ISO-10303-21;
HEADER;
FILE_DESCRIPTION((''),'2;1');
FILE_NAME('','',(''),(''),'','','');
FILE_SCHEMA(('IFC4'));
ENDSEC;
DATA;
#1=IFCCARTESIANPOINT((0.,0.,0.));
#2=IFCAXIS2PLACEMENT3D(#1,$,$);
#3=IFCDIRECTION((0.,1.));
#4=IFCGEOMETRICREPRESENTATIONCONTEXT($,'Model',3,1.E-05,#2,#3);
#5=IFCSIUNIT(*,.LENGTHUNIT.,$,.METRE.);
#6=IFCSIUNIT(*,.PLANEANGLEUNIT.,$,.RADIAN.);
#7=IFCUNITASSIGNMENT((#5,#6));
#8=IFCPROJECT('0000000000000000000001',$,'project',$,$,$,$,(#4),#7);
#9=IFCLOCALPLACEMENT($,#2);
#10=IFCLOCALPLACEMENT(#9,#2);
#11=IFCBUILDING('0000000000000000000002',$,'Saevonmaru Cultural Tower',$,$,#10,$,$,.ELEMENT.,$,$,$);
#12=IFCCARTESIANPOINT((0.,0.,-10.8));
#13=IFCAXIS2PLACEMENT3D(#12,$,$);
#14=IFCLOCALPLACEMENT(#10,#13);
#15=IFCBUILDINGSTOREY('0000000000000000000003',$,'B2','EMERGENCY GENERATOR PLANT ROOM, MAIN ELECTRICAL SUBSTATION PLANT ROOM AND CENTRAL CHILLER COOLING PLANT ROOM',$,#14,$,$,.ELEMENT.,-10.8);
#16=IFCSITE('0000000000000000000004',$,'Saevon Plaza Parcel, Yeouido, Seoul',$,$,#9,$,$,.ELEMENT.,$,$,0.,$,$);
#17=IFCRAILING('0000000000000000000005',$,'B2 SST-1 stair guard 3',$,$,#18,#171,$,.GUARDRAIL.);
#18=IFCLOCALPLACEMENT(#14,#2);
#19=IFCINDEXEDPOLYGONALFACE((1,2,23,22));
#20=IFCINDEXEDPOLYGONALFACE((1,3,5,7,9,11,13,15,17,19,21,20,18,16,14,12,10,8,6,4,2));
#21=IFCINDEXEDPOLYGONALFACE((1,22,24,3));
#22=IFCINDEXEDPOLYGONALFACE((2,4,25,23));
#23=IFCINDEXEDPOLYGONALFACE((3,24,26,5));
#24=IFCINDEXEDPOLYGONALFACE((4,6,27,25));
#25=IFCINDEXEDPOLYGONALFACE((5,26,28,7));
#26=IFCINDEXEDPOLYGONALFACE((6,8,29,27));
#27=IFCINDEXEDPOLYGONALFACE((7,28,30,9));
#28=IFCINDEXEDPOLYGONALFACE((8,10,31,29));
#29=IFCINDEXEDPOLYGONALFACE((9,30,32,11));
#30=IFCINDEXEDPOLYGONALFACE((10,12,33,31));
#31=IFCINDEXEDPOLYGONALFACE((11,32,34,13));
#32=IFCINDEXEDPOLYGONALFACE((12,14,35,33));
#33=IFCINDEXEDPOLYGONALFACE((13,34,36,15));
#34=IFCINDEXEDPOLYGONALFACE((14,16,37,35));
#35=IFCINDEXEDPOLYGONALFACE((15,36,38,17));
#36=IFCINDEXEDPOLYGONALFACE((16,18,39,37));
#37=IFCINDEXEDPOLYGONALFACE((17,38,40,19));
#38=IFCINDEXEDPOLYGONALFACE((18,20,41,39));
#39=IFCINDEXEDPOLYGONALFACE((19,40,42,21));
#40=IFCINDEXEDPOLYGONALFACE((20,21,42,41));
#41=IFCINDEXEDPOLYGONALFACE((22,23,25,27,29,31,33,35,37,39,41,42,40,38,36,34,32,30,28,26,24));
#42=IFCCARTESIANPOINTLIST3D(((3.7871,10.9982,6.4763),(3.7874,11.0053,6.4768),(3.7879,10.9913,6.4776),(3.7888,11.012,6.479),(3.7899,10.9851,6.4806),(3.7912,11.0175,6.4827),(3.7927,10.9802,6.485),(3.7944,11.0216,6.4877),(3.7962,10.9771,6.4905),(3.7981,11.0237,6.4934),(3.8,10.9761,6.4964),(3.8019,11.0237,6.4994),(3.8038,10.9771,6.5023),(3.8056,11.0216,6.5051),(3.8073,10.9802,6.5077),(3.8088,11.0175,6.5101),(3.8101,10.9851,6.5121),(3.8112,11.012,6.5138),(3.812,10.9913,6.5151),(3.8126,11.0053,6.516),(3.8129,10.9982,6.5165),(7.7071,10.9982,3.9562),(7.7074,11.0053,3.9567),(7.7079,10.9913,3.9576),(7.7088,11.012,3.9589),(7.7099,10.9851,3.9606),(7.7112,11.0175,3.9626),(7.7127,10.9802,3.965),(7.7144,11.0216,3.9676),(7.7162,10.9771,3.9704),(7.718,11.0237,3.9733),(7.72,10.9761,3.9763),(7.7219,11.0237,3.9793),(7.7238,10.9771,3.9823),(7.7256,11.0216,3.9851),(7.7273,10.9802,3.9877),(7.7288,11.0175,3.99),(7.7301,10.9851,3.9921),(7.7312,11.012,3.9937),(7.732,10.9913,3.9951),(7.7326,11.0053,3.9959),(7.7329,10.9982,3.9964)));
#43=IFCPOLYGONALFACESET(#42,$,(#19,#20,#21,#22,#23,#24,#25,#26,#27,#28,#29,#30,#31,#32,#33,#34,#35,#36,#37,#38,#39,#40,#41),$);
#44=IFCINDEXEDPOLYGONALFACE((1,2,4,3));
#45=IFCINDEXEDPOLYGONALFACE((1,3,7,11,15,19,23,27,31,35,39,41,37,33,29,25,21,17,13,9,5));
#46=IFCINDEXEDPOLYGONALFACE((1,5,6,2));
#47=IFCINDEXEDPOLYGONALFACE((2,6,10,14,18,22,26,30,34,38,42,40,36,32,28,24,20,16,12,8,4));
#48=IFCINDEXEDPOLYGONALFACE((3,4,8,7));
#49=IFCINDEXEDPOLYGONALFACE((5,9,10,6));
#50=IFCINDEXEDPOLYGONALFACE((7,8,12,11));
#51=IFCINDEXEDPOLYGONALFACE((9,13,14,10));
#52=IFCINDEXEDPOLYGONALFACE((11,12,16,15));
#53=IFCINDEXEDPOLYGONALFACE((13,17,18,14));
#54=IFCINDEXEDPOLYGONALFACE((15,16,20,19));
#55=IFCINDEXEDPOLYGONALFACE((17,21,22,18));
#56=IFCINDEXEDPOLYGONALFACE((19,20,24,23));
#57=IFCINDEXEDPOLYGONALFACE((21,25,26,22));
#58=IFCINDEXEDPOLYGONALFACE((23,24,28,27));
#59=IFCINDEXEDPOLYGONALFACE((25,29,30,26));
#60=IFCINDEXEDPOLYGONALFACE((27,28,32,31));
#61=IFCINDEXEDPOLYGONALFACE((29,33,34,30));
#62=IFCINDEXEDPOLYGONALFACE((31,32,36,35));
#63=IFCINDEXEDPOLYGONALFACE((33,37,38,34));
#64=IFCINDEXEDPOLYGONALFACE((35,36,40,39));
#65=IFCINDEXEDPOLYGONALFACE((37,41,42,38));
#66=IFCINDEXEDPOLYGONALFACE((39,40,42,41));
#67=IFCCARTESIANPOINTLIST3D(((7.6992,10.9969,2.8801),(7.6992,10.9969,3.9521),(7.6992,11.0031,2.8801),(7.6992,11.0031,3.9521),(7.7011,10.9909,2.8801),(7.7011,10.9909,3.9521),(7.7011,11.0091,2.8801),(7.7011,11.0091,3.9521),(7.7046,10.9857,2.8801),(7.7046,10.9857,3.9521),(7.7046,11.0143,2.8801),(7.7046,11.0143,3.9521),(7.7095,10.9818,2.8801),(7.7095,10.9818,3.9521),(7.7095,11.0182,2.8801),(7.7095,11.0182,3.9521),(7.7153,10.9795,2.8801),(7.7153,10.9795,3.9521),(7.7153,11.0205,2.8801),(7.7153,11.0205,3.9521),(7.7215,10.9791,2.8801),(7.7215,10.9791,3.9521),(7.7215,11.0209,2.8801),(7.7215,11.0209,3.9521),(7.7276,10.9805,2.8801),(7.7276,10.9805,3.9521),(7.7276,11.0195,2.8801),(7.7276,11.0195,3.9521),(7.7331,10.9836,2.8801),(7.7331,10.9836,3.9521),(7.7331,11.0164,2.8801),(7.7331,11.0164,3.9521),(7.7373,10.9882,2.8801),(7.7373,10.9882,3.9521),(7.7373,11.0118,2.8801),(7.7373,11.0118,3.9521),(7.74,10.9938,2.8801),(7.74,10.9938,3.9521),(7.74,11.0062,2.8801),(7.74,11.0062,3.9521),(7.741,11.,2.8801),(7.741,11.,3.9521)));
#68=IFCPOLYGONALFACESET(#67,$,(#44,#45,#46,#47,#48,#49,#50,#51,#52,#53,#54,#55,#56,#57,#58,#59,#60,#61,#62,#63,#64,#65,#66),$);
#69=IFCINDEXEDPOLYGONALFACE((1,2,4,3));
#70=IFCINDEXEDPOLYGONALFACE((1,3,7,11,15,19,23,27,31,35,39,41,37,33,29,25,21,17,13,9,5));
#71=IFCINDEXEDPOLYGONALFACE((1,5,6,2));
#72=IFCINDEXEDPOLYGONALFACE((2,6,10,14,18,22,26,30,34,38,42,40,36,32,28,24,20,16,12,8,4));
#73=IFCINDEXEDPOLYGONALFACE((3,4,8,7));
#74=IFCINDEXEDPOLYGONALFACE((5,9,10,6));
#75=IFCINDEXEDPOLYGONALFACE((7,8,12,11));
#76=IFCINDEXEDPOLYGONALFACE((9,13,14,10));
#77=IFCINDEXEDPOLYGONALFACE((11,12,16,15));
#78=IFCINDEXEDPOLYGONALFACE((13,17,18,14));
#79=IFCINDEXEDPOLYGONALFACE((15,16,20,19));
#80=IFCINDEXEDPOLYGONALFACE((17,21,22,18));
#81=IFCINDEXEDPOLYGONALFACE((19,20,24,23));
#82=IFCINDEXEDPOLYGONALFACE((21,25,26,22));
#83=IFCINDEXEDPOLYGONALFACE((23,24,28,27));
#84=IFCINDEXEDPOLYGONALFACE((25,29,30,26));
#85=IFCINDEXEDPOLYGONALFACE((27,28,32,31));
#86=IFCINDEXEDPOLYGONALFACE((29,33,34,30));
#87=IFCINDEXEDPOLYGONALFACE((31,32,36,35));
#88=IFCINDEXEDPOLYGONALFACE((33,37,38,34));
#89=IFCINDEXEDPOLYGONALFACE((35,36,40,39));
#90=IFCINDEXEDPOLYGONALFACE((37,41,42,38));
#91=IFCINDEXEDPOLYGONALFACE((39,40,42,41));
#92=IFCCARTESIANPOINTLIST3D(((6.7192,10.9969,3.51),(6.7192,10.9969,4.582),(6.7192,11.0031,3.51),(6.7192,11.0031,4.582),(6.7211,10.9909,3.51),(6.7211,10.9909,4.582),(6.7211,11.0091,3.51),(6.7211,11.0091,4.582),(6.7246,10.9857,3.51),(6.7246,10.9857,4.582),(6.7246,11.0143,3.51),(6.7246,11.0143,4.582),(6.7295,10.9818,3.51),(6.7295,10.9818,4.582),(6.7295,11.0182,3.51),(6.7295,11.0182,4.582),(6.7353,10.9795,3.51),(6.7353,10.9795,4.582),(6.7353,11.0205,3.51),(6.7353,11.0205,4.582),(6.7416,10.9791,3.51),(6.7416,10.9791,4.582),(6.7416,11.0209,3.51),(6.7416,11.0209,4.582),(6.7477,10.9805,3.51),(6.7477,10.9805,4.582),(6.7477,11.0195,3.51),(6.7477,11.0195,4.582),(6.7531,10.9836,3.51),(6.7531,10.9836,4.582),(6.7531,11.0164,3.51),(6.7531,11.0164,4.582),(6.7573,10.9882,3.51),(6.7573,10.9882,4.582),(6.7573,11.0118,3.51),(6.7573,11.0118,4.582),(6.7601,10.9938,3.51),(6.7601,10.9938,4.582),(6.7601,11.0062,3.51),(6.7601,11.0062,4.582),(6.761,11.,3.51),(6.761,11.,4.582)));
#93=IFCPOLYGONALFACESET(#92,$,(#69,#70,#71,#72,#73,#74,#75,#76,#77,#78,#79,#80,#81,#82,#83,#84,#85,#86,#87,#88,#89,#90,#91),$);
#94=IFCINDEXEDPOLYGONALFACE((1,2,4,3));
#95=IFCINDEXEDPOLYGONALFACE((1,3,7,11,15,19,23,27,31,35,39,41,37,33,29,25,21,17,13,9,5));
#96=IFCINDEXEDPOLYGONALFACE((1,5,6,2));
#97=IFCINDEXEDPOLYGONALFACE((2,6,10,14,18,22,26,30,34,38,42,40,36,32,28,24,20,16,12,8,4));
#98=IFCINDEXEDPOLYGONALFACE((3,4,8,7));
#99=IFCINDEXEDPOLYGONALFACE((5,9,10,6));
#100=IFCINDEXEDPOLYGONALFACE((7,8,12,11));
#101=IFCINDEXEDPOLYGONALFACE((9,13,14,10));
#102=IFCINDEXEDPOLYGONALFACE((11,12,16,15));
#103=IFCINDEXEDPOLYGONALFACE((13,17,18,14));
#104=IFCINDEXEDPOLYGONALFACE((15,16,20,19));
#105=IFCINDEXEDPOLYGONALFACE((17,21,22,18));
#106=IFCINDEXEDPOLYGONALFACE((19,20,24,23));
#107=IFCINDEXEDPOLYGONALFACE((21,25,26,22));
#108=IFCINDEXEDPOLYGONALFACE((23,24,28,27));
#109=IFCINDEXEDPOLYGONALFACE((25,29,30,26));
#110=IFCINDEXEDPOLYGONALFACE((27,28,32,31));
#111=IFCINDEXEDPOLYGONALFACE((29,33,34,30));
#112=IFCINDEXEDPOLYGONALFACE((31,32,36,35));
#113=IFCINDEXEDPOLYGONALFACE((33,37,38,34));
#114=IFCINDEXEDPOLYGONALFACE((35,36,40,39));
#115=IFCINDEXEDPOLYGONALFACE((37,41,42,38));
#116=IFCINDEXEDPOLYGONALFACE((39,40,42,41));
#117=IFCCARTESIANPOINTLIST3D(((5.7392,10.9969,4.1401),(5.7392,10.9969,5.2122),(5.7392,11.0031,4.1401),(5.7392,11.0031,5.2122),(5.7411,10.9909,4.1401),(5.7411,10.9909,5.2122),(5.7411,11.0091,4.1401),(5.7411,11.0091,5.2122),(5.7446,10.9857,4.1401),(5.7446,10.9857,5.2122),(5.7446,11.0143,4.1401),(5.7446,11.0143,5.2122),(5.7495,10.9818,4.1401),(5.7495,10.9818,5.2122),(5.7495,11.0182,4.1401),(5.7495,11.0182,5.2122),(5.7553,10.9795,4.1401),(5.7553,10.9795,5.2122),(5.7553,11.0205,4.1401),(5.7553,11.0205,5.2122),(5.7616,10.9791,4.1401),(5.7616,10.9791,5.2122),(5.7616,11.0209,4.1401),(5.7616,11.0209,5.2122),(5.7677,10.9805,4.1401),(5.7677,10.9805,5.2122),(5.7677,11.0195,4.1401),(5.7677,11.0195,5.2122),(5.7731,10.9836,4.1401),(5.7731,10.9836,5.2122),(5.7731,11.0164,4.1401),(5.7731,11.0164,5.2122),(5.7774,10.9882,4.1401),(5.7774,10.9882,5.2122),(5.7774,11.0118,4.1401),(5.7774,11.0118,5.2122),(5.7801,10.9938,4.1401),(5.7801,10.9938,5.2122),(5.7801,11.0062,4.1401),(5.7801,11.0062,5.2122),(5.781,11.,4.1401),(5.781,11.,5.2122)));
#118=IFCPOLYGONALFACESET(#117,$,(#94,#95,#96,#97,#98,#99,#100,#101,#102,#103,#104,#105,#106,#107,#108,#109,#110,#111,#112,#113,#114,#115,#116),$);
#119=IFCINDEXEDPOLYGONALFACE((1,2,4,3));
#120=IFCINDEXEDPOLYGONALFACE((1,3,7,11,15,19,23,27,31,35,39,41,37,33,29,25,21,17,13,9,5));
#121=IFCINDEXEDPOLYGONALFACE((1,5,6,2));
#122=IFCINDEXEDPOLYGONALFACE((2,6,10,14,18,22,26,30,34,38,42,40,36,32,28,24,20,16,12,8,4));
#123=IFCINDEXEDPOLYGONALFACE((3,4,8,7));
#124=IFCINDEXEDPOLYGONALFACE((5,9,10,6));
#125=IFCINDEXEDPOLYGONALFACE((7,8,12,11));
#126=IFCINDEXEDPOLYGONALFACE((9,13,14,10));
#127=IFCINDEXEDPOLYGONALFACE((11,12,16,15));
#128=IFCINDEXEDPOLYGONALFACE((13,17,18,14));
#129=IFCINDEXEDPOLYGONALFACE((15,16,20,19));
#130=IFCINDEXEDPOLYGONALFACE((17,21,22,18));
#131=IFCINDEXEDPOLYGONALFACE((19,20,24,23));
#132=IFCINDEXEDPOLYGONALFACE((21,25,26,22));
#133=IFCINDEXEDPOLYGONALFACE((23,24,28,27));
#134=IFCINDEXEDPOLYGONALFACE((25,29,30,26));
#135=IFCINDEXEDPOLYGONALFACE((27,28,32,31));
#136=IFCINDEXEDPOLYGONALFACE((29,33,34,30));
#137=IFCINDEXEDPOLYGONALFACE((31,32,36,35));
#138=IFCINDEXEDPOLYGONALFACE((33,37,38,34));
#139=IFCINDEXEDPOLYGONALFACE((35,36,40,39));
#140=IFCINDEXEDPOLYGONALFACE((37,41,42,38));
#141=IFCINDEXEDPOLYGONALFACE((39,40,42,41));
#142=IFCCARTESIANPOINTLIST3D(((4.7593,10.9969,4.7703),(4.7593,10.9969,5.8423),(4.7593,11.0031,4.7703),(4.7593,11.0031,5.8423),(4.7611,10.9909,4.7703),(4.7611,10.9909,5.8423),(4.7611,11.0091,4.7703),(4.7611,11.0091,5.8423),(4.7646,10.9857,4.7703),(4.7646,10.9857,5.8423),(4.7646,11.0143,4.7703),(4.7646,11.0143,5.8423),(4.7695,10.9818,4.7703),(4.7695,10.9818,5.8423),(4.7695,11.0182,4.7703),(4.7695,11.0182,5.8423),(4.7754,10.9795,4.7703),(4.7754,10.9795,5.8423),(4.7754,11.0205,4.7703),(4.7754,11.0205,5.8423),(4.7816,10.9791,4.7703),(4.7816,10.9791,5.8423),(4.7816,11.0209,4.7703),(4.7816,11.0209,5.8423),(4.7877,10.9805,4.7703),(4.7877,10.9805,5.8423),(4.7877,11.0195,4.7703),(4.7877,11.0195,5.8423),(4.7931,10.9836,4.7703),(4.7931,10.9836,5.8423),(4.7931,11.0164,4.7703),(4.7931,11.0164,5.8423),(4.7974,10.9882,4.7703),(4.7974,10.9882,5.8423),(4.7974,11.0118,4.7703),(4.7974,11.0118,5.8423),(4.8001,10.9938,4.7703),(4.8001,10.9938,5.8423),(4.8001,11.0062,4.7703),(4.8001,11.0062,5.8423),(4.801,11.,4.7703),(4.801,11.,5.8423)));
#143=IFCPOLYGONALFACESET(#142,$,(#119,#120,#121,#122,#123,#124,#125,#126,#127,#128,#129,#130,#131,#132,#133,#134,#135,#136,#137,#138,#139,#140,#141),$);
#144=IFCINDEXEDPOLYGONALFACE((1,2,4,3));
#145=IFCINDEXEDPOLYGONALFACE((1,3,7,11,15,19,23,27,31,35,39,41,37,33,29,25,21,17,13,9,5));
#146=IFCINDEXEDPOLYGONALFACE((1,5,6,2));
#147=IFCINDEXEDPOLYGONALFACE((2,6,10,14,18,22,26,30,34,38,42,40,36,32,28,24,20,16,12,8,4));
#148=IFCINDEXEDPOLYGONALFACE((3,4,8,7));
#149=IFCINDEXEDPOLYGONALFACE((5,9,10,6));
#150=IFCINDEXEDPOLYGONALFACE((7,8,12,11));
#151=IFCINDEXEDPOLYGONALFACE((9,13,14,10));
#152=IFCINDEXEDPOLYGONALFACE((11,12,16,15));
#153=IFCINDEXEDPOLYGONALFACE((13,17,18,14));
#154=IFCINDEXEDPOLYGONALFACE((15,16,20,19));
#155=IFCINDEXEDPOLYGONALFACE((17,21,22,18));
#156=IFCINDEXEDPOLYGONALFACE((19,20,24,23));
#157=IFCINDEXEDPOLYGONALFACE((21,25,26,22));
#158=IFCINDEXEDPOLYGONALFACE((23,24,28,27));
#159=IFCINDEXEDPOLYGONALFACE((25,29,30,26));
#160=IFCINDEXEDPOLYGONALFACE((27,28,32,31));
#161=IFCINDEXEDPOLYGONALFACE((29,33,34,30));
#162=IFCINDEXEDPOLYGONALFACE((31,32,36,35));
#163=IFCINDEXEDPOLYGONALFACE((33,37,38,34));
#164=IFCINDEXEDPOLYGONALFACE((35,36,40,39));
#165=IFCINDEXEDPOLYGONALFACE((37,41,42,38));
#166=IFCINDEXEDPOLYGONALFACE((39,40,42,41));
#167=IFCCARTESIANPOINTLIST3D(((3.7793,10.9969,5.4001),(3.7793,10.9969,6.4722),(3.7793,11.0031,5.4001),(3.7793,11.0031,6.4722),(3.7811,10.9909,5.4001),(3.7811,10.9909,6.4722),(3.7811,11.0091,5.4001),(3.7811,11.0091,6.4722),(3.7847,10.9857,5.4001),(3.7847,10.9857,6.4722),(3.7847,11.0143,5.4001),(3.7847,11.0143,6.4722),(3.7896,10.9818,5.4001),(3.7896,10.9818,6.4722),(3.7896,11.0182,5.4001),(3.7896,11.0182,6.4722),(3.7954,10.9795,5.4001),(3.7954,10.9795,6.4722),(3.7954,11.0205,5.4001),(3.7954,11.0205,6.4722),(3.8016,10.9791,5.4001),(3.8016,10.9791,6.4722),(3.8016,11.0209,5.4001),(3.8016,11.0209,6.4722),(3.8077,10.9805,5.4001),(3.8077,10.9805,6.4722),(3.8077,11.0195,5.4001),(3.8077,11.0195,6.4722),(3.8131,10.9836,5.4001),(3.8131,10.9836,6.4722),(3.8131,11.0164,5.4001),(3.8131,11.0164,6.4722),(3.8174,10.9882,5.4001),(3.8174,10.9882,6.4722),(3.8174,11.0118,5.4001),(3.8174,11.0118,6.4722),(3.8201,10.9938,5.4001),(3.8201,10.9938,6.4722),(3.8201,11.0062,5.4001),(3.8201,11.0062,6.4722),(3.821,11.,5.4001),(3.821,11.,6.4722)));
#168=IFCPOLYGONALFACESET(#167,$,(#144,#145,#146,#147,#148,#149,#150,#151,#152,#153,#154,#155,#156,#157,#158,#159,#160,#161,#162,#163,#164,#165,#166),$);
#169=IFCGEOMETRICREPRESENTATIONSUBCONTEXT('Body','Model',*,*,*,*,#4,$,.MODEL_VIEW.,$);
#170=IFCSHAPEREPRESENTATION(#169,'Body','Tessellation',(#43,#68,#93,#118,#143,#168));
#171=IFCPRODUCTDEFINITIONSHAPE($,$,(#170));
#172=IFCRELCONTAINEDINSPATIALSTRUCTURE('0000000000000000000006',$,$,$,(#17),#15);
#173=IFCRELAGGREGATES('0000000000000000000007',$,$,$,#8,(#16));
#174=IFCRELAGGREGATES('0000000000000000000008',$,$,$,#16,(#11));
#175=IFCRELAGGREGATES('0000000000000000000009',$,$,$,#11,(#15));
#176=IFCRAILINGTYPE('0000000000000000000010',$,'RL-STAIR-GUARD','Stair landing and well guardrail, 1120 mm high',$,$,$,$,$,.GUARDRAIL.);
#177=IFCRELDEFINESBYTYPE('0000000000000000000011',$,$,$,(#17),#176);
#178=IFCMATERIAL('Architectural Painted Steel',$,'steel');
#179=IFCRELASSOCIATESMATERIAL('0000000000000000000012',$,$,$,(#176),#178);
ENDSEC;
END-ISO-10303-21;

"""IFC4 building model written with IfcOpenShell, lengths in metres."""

from ifc_helpers import new_model, si_unit, direction, frame, origin, origin_2d, place, context, subcontext, project, spatial, circle, extrude, material, type_object, element, save


model = new_model("IFC4")

# Units and contexts
model_context = context("Model", 3, precision=1e-05, world=origin(), true_north=direction((0.0, 1.0)))
body_context = subcontext(model_context, "Body", "Model", "MODEL_VIEW")
ifc_project = project(units=[si_unit("LENGTHUNIT", "METRE"), si_unit("PLANEANGLEUNIT", "RADIAN")], contexts=[model_context])

# Site, building, storey
site_placement = place(None, origin())
site = spatial("IfcSite", under=ifc_project, at=site_placement, Name="Saevon Plaza Parcel, Yeouido, Seoul", CompositionType="ELEMENT", RefElevation=0.0)
building_placement = place(site_placement, origin())
building = spatial("IfcBuilding", under=site, at=building_placement, Name="Saevonmaru Cultural Tower", CompositionType="ELEMENT")
storey_placement = place(building_placement, frame((0.0, 0.0, -10.8)))
storey = spatial("IfcBuildingStorey", under=building, at=storey_placement, Name="B2", Description="EMERGENCY GENERATOR PLANT ROOM, MAIN ELECTRICAL SUBSTATION PLANT ROOM AND CENTRAL CHILLER COOLING PLANT ROOM", CompositionType="ELEMENT", Elevation=-10.8)

# Railing
ifc_material_1 = material(Name="Architectural Painted Steel", Category="steel")
railing_type_1 = type_object("IfcRailingType", Name="RL-STAIR-GUARD", Description="Stair landing and well guardrail, 1120 mm high", PredefinedType="GUARDRAIL", material=ifc_material_1)
railing_1_placement = place(storey_placement, frame((7.72, 11.0, 2.8801)))
element("IfcRailing", 1, at=railing_1_placement, inside=storey, type_object=railing_type_1, Name="B2 SST-1 stair guard 3", PredefinedType="GUARDRAIL", context=body_context, shape_type="SweptSolid", body=[
    extrude(circle(Radius=0.0239, at=origin_2d()), frame((0.0, 0.0, 1.0962), z_axis=(-0.841172, 0.0, 0.540768), x_axis=(0.0, -1.0, 0.0)), (0.0, 0.0, 1.0), 4.6602),
    extrude(circle(Radius=0.021, at=origin_2d()), origin(), (0.0, 0.0, 1.0), 1.072),
    extrude(circle(Radius=0.021, at=origin_2d()), frame((-0.98, 0.0, 0.6299)), (0.0, 0.0, 1.0), 1.072),
    extrude(circle(Radius=0.021, at=origin_2d()), frame((-1.96, 0.0, 1.26)), (0.0, 0.0, 1.0), 1.072),
    extrude(circle(Radius=0.021, at=origin_2d()), frame((-2.9399, 0.0, 1.8901)), (0.0, 0.0, 1.0), 1.072),
    extrude(circle(Radius=0.021, at=origin_2d()), frame((-3.9199, 0.0, 2.52)), (0.0, 0.0, 1.0), 1.072),
])

save(model, "model.ifc")
